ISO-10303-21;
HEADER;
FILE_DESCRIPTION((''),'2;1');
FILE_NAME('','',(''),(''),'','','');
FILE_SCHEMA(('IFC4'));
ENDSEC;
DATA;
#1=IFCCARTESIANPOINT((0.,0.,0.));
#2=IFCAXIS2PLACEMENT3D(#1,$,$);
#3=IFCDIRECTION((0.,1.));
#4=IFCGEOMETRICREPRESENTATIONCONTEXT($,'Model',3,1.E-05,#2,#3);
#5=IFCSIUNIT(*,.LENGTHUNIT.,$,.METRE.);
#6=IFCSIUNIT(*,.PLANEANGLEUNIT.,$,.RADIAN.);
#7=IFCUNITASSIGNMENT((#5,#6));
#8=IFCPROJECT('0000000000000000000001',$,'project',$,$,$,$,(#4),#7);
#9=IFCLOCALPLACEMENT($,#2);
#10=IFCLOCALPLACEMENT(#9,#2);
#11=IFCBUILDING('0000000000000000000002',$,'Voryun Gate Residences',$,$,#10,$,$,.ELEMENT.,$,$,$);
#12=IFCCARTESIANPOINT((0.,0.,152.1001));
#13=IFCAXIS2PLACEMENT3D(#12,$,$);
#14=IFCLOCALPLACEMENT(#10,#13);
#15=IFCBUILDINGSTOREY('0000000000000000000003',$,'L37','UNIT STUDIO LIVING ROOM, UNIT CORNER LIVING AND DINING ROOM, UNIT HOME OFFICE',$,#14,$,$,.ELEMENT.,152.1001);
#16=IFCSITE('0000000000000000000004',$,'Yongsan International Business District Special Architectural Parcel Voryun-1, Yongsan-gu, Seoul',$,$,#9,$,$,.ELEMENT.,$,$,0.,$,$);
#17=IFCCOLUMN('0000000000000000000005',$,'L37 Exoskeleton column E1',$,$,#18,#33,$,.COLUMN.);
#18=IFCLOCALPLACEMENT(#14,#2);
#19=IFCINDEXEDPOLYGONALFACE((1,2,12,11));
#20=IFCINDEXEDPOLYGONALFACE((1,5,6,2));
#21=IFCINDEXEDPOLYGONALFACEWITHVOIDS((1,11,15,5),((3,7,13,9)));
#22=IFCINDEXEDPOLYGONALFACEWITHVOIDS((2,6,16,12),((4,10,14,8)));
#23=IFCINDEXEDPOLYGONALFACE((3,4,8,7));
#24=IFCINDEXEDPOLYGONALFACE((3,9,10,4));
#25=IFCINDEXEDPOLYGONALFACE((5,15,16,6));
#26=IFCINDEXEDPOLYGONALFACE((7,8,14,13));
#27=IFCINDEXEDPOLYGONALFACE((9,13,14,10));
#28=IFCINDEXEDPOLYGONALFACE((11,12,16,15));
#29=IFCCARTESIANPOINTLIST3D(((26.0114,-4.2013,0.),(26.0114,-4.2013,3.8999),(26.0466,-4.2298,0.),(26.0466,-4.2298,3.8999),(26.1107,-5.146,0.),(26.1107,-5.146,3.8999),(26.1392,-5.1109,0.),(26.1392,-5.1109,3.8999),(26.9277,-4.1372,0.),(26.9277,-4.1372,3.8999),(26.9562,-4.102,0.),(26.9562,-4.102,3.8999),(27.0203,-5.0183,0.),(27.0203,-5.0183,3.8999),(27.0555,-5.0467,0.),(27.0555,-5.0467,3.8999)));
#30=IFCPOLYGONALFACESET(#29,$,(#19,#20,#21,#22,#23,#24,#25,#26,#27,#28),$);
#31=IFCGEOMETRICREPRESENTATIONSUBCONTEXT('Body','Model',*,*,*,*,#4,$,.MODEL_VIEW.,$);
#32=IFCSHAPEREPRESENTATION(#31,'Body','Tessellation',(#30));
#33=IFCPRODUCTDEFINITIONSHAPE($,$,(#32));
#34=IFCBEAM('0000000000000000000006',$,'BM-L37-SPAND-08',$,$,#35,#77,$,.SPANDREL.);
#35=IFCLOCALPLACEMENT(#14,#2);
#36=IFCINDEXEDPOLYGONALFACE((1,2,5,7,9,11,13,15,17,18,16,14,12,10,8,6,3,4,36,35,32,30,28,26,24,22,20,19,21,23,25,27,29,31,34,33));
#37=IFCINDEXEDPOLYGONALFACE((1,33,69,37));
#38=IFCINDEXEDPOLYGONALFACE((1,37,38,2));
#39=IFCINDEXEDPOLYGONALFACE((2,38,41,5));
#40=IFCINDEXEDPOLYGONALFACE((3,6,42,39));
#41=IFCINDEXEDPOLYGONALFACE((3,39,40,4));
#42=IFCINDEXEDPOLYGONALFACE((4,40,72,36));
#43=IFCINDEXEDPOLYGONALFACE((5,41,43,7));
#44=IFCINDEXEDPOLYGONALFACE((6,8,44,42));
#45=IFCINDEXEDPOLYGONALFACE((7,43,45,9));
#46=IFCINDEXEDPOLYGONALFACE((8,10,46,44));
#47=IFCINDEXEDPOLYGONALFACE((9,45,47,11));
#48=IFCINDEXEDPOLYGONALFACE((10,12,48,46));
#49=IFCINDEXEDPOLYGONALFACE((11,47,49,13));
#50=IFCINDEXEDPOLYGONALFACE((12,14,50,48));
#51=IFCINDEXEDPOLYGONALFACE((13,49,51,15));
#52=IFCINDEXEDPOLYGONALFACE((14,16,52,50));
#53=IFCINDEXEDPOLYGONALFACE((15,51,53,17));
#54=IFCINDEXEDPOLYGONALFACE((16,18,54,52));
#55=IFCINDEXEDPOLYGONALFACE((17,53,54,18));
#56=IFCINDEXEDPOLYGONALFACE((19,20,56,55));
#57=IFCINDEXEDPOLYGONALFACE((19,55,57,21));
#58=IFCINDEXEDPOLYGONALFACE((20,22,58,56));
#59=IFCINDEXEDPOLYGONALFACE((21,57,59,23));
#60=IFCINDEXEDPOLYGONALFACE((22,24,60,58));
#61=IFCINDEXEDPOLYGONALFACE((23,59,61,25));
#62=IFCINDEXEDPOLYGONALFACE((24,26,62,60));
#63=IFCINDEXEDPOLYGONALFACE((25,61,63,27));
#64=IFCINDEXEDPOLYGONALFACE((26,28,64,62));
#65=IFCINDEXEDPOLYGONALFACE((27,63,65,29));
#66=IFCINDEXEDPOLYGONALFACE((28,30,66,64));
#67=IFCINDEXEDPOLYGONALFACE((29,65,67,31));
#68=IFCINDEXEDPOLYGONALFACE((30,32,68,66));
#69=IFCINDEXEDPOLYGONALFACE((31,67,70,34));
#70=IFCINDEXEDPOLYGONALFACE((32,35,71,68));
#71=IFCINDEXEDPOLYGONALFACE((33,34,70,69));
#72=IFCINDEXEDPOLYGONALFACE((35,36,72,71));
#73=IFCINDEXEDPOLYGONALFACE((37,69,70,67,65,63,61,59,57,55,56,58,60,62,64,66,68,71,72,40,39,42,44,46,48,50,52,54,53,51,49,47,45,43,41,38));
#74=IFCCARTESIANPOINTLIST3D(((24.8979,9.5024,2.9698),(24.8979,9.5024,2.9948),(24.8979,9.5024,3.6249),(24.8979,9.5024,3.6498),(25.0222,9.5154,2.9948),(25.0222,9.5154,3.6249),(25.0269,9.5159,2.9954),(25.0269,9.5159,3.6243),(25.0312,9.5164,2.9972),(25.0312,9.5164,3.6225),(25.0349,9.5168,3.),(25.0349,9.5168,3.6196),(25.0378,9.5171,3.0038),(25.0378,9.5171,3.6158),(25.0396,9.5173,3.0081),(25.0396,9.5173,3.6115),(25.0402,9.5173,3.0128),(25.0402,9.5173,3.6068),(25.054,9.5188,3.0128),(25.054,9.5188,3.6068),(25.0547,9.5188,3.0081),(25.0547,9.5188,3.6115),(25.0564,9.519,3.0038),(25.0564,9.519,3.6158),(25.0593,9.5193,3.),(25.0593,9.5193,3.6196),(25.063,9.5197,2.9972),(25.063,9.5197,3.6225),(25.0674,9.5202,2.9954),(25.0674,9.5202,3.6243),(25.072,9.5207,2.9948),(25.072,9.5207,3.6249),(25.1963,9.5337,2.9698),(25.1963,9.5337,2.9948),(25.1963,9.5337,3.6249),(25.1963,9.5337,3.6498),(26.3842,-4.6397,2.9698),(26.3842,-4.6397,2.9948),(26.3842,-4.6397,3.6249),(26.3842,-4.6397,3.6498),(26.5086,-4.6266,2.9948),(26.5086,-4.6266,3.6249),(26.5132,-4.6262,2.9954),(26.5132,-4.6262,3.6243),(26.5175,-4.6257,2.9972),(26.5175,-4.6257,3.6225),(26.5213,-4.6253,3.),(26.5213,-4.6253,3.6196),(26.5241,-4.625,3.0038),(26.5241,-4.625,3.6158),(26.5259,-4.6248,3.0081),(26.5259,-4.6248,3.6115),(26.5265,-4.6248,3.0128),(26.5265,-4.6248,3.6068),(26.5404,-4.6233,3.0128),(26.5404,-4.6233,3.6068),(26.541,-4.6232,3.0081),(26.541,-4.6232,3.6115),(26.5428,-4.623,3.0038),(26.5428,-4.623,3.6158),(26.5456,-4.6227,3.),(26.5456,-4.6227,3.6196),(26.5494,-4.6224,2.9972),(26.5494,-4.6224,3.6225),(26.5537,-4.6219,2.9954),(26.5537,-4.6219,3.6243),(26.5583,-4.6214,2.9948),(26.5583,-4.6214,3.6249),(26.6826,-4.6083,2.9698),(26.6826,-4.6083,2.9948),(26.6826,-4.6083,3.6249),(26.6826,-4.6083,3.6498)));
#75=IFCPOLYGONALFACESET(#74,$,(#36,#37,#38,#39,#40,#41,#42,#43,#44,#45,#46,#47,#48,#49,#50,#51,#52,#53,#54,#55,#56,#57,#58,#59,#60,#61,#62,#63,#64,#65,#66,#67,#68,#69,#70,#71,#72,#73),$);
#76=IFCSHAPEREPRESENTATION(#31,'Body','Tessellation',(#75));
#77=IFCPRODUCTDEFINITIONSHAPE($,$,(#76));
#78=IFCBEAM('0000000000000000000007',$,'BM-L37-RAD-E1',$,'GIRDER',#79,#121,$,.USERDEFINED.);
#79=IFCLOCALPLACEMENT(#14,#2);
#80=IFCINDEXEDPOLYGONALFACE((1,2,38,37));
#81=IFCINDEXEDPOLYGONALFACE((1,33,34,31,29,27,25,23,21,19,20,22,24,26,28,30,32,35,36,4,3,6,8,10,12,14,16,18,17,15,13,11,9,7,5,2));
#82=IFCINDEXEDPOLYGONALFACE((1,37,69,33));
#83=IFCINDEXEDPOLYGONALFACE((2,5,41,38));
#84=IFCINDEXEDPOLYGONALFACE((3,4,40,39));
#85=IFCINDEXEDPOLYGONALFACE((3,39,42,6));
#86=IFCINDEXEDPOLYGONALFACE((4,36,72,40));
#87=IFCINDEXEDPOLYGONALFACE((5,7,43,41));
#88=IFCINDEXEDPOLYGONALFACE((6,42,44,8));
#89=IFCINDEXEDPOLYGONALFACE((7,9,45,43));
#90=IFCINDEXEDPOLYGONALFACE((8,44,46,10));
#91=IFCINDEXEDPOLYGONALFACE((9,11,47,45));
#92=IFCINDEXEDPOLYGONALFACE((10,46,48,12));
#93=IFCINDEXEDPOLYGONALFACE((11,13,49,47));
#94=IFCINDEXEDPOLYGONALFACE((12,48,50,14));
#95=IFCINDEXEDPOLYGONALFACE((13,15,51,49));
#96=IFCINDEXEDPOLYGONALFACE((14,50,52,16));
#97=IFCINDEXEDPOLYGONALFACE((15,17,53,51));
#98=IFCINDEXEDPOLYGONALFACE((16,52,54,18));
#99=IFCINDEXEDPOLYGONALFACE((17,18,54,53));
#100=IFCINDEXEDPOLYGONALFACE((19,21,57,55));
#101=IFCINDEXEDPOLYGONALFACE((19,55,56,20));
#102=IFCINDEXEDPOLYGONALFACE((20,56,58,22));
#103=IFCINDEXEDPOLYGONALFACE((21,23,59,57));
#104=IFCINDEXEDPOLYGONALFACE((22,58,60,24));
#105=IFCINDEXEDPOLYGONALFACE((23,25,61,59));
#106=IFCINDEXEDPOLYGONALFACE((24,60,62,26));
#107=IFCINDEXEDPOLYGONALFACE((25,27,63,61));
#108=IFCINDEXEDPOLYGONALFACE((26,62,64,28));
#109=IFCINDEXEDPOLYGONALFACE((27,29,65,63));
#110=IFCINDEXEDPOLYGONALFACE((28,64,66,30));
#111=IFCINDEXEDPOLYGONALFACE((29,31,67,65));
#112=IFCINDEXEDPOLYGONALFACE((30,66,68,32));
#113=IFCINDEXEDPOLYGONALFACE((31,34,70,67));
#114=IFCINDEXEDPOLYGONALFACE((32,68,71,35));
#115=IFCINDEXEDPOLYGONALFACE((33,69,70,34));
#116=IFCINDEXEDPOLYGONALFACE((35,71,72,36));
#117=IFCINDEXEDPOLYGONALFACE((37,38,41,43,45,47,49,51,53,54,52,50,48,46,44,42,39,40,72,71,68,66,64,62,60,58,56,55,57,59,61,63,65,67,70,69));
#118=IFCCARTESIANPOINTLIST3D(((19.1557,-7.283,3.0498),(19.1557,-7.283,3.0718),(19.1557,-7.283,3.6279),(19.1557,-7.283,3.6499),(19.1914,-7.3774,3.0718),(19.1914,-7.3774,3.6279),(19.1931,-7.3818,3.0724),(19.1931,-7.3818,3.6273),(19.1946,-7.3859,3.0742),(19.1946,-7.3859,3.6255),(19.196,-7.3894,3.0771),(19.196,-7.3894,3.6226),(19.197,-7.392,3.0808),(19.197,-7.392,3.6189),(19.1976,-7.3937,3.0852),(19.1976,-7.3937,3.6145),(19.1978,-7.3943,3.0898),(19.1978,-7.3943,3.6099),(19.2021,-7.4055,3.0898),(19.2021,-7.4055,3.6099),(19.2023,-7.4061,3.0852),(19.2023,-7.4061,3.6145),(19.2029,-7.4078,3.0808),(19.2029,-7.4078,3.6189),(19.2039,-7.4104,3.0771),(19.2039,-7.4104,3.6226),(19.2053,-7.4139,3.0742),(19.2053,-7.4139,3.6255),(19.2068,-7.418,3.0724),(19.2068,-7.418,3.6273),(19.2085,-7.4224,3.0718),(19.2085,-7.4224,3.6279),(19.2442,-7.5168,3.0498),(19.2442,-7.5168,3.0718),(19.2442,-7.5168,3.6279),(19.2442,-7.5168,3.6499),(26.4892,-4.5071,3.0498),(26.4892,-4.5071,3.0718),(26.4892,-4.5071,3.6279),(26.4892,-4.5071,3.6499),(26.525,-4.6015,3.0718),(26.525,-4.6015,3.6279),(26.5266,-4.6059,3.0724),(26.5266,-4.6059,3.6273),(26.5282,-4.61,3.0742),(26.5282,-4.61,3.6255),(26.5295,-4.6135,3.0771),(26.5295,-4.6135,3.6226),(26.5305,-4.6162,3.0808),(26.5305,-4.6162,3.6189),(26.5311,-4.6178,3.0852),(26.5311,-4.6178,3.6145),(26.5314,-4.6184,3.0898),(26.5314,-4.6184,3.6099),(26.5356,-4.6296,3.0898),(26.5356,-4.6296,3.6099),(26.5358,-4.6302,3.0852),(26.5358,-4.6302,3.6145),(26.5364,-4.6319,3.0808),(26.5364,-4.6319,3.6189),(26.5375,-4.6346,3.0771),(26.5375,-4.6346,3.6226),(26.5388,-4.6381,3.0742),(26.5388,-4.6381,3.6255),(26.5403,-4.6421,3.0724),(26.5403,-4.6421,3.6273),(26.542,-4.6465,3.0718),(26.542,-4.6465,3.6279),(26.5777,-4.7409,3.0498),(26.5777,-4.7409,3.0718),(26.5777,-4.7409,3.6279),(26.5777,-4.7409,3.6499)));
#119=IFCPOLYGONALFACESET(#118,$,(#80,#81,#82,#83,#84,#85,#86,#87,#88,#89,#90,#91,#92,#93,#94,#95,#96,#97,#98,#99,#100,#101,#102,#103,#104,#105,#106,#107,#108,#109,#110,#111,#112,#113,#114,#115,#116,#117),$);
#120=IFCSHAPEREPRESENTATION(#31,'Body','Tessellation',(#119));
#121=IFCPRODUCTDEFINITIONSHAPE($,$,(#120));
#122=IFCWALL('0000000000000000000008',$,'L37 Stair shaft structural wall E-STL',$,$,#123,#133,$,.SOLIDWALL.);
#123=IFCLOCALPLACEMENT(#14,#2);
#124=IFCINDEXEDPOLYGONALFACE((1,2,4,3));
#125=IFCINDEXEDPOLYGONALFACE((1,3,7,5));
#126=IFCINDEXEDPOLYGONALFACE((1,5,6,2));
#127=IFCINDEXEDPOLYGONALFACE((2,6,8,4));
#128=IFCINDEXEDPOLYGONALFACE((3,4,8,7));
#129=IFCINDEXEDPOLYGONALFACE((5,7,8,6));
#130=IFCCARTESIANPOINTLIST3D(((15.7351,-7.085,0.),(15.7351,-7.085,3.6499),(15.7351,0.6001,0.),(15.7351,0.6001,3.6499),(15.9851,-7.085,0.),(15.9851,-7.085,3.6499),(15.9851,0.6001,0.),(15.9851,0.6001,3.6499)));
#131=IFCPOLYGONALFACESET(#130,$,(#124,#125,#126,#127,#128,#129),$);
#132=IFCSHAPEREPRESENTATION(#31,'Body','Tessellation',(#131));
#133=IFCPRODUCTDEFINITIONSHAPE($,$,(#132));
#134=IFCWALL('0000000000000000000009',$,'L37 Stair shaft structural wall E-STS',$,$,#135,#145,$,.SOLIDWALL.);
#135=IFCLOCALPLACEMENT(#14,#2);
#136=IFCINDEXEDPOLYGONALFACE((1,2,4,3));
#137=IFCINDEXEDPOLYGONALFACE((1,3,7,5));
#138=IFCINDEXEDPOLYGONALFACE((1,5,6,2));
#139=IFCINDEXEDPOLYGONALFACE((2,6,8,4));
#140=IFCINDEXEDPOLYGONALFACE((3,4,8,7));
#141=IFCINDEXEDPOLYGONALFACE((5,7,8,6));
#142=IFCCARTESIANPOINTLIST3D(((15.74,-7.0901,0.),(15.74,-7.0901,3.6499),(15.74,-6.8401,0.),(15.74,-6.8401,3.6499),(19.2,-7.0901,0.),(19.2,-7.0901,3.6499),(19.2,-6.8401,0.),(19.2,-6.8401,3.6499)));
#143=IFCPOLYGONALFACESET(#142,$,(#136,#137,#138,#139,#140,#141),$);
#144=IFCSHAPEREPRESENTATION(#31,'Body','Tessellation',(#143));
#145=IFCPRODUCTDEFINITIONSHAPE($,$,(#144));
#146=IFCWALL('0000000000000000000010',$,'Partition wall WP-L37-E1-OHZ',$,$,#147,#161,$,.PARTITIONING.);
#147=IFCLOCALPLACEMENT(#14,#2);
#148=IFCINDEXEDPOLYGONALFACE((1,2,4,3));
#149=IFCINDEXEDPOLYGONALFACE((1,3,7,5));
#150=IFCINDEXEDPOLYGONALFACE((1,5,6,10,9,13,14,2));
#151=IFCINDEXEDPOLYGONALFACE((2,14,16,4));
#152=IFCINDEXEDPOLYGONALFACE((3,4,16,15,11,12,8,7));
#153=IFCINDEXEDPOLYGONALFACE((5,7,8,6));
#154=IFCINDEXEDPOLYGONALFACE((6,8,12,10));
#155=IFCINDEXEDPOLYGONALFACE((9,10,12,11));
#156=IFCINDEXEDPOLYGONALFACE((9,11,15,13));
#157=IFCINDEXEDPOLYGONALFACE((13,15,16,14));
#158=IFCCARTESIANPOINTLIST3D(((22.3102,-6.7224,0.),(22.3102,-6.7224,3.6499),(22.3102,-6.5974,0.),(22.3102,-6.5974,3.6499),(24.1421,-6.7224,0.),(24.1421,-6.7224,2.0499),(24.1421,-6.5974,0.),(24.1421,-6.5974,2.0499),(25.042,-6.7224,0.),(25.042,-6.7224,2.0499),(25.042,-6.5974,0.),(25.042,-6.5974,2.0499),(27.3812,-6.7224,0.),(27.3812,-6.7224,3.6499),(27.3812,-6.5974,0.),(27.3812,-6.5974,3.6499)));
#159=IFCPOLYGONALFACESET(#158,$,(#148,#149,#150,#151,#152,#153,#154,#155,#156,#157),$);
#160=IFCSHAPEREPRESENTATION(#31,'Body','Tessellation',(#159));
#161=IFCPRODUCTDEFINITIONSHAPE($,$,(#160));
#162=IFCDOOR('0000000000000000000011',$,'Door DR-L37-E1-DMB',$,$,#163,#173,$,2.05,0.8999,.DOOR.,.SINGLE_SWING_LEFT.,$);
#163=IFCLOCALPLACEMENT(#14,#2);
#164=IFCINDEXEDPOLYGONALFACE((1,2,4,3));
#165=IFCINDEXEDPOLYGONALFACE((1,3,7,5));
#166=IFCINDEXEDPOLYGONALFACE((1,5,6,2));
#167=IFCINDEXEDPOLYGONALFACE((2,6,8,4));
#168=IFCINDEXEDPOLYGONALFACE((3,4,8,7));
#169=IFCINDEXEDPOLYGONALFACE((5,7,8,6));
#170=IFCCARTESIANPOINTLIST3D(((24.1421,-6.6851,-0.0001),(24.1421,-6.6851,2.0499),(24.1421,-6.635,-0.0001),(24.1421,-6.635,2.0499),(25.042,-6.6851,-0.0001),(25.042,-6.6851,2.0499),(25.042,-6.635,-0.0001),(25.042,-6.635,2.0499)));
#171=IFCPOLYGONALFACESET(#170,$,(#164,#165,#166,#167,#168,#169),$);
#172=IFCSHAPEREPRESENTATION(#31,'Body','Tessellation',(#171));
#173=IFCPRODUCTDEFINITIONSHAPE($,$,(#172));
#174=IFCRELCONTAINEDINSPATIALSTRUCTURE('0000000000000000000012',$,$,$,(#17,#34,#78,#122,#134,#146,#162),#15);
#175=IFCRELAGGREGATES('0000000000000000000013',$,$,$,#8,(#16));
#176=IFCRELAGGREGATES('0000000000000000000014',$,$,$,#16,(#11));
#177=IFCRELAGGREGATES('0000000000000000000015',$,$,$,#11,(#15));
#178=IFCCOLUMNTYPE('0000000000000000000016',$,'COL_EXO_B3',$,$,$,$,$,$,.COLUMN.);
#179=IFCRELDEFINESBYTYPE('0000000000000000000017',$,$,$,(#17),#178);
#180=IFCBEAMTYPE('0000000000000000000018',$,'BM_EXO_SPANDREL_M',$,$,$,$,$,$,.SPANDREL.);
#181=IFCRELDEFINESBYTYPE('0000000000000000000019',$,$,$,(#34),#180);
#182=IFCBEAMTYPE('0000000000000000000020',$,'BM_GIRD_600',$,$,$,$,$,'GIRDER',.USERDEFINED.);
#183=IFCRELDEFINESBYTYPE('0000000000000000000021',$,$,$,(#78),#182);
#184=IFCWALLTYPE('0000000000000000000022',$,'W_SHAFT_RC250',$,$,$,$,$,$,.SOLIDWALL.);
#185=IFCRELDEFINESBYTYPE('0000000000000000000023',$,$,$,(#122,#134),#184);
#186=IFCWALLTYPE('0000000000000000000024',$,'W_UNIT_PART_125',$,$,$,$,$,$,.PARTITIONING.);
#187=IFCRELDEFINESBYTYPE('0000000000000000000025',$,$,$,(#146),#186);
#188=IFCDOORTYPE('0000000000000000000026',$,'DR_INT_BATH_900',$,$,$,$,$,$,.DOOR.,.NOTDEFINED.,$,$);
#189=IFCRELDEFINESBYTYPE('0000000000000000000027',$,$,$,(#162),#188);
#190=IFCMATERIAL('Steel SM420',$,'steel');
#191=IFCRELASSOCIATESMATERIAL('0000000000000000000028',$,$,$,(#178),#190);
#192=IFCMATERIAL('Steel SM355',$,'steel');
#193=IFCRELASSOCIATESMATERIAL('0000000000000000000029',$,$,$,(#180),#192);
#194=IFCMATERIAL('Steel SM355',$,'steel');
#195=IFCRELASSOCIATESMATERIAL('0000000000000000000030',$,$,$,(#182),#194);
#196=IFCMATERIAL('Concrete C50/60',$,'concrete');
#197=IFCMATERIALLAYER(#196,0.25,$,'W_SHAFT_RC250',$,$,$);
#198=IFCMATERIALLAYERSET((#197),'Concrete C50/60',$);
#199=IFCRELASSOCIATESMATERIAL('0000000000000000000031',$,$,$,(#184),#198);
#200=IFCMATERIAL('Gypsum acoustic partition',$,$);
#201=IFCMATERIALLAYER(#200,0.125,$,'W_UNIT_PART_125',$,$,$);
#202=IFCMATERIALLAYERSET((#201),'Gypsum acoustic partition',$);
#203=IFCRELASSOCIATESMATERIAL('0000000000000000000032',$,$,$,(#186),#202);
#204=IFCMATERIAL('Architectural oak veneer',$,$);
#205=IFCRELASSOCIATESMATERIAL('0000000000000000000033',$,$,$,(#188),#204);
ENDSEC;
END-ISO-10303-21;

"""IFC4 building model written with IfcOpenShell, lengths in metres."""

from ifc_helpers import new_model, si_unit, direction, frame, frame_2d, origin, origin_2d, place, context, subcontext, project, spatial, rectangle, hollow_rectangle, i_section, extrude, material, layer, layer_set, material_profile, profile_set, type_object, element, fill, save


model = new_model("IFC4")

# Units and contexts
model_context = context("Model", 3, precision=1e-05, world=origin(), true_north=direction((0.0, 1.0)))
body_context = subcontext(model_context, "Body", "Model", "MODEL_VIEW")
ifc_project = project(units=[si_unit("LENGTHUNIT", "METRE"), si_unit("PLANEANGLEUNIT", "RADIAN")], contexts=[model_context])

# Site, building, storey
site_placement = place(None, origin())
site = spatial("IfcSite", under=ifc_project, at=site_placement, Name="Yongsan International Business District Special Architectural Parcel Voryun-1, Yongsan-gu, Seoul", CompositionType="ELEMENT", RefElevation=0.0)
building_placement = place(site_placement, origin())
building = spatial("IfcBuilding", under=site, at=building_placement, Name="Voryun Gate Residences", CompositionType="ELEMENT")
storey_placement = place(building_placement, frame((0.0, 0.0, 152.1001)))
storey = spatial("IfcBuildingStorey", under=building, at=storey_placement, Name="L37", Description="UNIT STUDIO LIVING ROOM, UNIT CORNER LIVING AND DINING ROOM, UNIT HOME OFFICE", CompositionType="ELEMENT", Elevation=152.1001)

# Column
ifc_material_1 = material(Name="Steel SM420", Category="steel")
ifc_material_profile_1 = material_profile(ifc_material_1, hollow_rectangle(XDim=0.95, YDim=0.95, WallThickness=0.032, at=origin_2d()), Name="BOX-950x950x32")
ifc_profile_set_1 = profile_set([ifc_material_profile_1], Name="Steel SM420")
column_type = type_object("IfcColumnType", Name="COL_EXO_B3", PredefinedType="COLUMN", material=ifc_profile_set_1)
column_placement = place(storey_placement, frame((26.5334, -4.624, 0.0), z_axis=(0.0, 0.0, 1.0), x_axis=(0.994522, 0.104528, 0.0)))
element("IfcColumn", 1, at=column_placement, inside=storey, type_object=column_type, Name="L37 Exoskeleton column E1", PredefinedType="COLUMN", context=body_context, shape_type="SweptSolid", body=[
    extrude(hollow_rectangle(XDim=0.95, YDim=0.95, WallThickness=0.032, at=origin_2d()), origin(), (0.0, 0.0, 1.0), 3.8999),
])

# Beams
ifc_material_2 = material(Name="Steel SM355", Category="steel")
ifc_material_profile_2 = material_profile(ifc_material_2, i_section(OverallWidth=0.3, OverallDepth=0.6799, WebThickness=0.0139, FlangeThickness=0.0249, FilletRadius=0.0181, at=origin_2d()), Name="H-680x300x14x25")
ifc_profile_set_2 = profile_set([ifc_material_profile_2], Name="Steel SM355")
beam_type_1 = type_object("IfcBeamType", Name="BM_EXO_SPANDREL_M", PredefinedType="SPANDREL", material=ifc_profile_set_2)
beam_1_placement = place(storey_placement, frame((26.5334, -4.624, 3.3098), z_axis=(-0.104524, 0.994522, 0.0), x_axis=(-0.994522, -0.104524, 0.0)))
element("IfcBeam", 2, at=beam_1_placement, inside=storey, type_object=beam_type_1, Name="BM-L37-SPAND-08", PredefinedType="SPANDREL", context=body_context, shape_type="SweptSolid", body=[
    extrude(i_section(OverallWidth=0.3, OverallDepth=0.6799, WebThickness=0.0139, FlangeThickness=0.0249, FilletRadius=0.0181, at=origin_2d()), origin(), (0.0, 0.0, 1.0), 14.22),
])
ifc_material_3 = material(Name="Steel SM355", Category="steel")
ifc_material_profile_3 = material_profile(ifc_material_3, i_section(OverallWidth=0.25, OverallDepth=0.6001, WebThickness=0.012, FlangeThickness=0.022, FilletRadius=0.0181, at=origin_2d()), Name="H-600x250x12x22")
ifc_profile_set_3 = profile_set([ifc_material_profile_3], Name="Steel SM355")
beam_type_2 = type_object("IfcBeamType", Name="BM_GIRD_600", ElementType="GIRDER", PredefinedType="USERDEFINED", material=ifc_profile_set_3)
beam_2_placement = place(storey_placement, frame((19.2, -7.3999, 3.3499), z_axis=(0.935242, 0.354008, 0.0), x_axis=(-0.354008, 0.935242, 0.0)))
element("IfcBeam", 3, at=beam_2_placement, inside=storey, type_object=beam_type_2, Name="BM-L37-RAD-E1", ObjectType="GIRDER", PredefinedType="USERDEFINED", context=body_context, shape_type="SweptSolid", body=[
    extrude(i_section(OverallWidth=0.25, OverallDepth=0.6001, WebThickness=0.012, FlangeThickness=0.022, FilletRadius=0.0181, at=origin_2d()), origin(), (0.0, 0.0, 1.0), 7.8413),
])

# Walls
ifc_material_4 = material(Name="Concrete C50/60", Category="concrete")
ifc_layer_1 = layer(ifc_material_4, 0.25, Name="W_SHAFT_RC250")
ifc_layer_set_1 = layer_set([ifc_layer_1], Name="Concrete C50/60")
wall_type_1 = type_object("IfcWallType", Name="W_SHAFT_RC250", PredefinedType="SOLIDWALL", material=ifc_layer_set_1)
wall_1_placement = place(storey_placement, frame((15.8601, -7.085, 0.0), z_axis=(0.0, 0.0, 1.0), x_axis=(0.0, 1.0, 0.0)))
element("IfcWall", 4, at=wall_1_placement, inside=storey, type_object=wall_type_1, Name="L37 Stair shaft structural wall E-STL", PredefinedType="SOLIDWALL", context=body_context, shape_type="SweptSolid", body=[
    extrude(rectangle(XDim=7.6851, YDim=0.25, at=frame_2d((3.8425, 0.0))), origin(), (0.0, 0.0, 1.0), 3.6499),
])
wall_2_placement = place(storey_placement, frame((15.74, -6.9651, 0.0), z_axis=(0.0, 0.0, 1.0), x_axis=(1.0, 0.0, 0.0)))
element("IfcWall", 5, at=wall_2_placement, inside=storey, type_object=wall_type_1, Name="L37 Stair shaft structural wall E-STS", PredefinedType="SOLIDWALL", context=body_context, shape_type="SweptSolid", body=[
    extrude(rectangle(XDim=3.46, YDim=0.25, at=frame_2d((1.73, 0.0))), origin(), (0.0, 0.0, 1.0), 3.6499),
])

# Wall, opening, door
ifc_material_5 = material(Name="Gypsum acoustic partition")
ifc_layer_2 = layer(ifc_material_5, 0.125, Name="W_UNIT_PART_125")
ifc_layer_set_2 = layer_set([ifc_layer_2], Name="Gypsum acoustic partition")
wall_type_2 = type_object("IfcWallType", Name="W_UNIT_PART_125", PredefinedType="PARTITIONING", material=ifc_layer_set_2)
wall_3_placement = place(storey_placement, frame((22.3101, -6.6599, 0.0), z_axis=(0.0, 0.0, 1.0), x_axis=(1.0, 0.0, 0.0)))
wall_3 = element("IfcWall", 6, at=wall_3_placement, inside=storey, type_object=wall_type_2, Name="Partition wall WP-L37-E1-OHZ", PredefinedType="PARTITIONING", context=body_context, shape_type="SweptSolid", body=[
    extrude(rectangle(XDim=5.071, YDim=0.125, at=frame_2d((2.5356, 0.0))), origin(), (0.0, 0.0, 1.0), 3.6499),
])
opening_1_placement = place(wall_3_placement, frame((1.832, 0.0, 0.0)))
opening_1 = element("IfcOpeningElement", 7, at=opening_1_placement, cuts=wall_3, PredefinedType="OPENING", context=body_context, shape_type="SweptSolid", body=[
    extrude(rectangle(XDim=0.8999, YDim=2.05, at=frame_2d((0.45, 1.0249))), frame((0.0, 0.0725, 0.0), z_axis=(0.0, -1.0, 0.0), x_axis=(1.0, 0.0, 0.0)), (0.0, 0.0, 1.0), 0.145),
])
ifc_material_6 = material(Name="Architectural oak veneer")
door_type = type_object("IfcDoorType", Name="DR_INT_BATH_900", OperationType="NOTDEFINED", PredefinedType="DOOR", material=ifc_material_6)
door_1_placement = place(opening_1_placement, origin())
door_1 = element("IfcDoor", 8, at=door_1_placement, inside=storey, type_object=door_type, Name="Door DR-L37-E1-DMB", OperationType="SINGLE_SWING_LEFT", OverallHeight=2.05, OverallWidth=0.8999, PredefinedType="DOOR", context=body_context, shape_type="SweptSolid", body=[
    extrude(rectangle(XDim=0.8999, YDim=2.05, at=frame_2d((0.45, 1.0249))), frame((0.0, 0.0249, 0.0), z_axis=(0.0, -1.0, 0.0), x_axis=(1.0, 0.0, 0.0)), (0.0, 0.0, 1.0), 0.05),
])
fill(opening_1, door_1)

save(model, "model.ifc")
